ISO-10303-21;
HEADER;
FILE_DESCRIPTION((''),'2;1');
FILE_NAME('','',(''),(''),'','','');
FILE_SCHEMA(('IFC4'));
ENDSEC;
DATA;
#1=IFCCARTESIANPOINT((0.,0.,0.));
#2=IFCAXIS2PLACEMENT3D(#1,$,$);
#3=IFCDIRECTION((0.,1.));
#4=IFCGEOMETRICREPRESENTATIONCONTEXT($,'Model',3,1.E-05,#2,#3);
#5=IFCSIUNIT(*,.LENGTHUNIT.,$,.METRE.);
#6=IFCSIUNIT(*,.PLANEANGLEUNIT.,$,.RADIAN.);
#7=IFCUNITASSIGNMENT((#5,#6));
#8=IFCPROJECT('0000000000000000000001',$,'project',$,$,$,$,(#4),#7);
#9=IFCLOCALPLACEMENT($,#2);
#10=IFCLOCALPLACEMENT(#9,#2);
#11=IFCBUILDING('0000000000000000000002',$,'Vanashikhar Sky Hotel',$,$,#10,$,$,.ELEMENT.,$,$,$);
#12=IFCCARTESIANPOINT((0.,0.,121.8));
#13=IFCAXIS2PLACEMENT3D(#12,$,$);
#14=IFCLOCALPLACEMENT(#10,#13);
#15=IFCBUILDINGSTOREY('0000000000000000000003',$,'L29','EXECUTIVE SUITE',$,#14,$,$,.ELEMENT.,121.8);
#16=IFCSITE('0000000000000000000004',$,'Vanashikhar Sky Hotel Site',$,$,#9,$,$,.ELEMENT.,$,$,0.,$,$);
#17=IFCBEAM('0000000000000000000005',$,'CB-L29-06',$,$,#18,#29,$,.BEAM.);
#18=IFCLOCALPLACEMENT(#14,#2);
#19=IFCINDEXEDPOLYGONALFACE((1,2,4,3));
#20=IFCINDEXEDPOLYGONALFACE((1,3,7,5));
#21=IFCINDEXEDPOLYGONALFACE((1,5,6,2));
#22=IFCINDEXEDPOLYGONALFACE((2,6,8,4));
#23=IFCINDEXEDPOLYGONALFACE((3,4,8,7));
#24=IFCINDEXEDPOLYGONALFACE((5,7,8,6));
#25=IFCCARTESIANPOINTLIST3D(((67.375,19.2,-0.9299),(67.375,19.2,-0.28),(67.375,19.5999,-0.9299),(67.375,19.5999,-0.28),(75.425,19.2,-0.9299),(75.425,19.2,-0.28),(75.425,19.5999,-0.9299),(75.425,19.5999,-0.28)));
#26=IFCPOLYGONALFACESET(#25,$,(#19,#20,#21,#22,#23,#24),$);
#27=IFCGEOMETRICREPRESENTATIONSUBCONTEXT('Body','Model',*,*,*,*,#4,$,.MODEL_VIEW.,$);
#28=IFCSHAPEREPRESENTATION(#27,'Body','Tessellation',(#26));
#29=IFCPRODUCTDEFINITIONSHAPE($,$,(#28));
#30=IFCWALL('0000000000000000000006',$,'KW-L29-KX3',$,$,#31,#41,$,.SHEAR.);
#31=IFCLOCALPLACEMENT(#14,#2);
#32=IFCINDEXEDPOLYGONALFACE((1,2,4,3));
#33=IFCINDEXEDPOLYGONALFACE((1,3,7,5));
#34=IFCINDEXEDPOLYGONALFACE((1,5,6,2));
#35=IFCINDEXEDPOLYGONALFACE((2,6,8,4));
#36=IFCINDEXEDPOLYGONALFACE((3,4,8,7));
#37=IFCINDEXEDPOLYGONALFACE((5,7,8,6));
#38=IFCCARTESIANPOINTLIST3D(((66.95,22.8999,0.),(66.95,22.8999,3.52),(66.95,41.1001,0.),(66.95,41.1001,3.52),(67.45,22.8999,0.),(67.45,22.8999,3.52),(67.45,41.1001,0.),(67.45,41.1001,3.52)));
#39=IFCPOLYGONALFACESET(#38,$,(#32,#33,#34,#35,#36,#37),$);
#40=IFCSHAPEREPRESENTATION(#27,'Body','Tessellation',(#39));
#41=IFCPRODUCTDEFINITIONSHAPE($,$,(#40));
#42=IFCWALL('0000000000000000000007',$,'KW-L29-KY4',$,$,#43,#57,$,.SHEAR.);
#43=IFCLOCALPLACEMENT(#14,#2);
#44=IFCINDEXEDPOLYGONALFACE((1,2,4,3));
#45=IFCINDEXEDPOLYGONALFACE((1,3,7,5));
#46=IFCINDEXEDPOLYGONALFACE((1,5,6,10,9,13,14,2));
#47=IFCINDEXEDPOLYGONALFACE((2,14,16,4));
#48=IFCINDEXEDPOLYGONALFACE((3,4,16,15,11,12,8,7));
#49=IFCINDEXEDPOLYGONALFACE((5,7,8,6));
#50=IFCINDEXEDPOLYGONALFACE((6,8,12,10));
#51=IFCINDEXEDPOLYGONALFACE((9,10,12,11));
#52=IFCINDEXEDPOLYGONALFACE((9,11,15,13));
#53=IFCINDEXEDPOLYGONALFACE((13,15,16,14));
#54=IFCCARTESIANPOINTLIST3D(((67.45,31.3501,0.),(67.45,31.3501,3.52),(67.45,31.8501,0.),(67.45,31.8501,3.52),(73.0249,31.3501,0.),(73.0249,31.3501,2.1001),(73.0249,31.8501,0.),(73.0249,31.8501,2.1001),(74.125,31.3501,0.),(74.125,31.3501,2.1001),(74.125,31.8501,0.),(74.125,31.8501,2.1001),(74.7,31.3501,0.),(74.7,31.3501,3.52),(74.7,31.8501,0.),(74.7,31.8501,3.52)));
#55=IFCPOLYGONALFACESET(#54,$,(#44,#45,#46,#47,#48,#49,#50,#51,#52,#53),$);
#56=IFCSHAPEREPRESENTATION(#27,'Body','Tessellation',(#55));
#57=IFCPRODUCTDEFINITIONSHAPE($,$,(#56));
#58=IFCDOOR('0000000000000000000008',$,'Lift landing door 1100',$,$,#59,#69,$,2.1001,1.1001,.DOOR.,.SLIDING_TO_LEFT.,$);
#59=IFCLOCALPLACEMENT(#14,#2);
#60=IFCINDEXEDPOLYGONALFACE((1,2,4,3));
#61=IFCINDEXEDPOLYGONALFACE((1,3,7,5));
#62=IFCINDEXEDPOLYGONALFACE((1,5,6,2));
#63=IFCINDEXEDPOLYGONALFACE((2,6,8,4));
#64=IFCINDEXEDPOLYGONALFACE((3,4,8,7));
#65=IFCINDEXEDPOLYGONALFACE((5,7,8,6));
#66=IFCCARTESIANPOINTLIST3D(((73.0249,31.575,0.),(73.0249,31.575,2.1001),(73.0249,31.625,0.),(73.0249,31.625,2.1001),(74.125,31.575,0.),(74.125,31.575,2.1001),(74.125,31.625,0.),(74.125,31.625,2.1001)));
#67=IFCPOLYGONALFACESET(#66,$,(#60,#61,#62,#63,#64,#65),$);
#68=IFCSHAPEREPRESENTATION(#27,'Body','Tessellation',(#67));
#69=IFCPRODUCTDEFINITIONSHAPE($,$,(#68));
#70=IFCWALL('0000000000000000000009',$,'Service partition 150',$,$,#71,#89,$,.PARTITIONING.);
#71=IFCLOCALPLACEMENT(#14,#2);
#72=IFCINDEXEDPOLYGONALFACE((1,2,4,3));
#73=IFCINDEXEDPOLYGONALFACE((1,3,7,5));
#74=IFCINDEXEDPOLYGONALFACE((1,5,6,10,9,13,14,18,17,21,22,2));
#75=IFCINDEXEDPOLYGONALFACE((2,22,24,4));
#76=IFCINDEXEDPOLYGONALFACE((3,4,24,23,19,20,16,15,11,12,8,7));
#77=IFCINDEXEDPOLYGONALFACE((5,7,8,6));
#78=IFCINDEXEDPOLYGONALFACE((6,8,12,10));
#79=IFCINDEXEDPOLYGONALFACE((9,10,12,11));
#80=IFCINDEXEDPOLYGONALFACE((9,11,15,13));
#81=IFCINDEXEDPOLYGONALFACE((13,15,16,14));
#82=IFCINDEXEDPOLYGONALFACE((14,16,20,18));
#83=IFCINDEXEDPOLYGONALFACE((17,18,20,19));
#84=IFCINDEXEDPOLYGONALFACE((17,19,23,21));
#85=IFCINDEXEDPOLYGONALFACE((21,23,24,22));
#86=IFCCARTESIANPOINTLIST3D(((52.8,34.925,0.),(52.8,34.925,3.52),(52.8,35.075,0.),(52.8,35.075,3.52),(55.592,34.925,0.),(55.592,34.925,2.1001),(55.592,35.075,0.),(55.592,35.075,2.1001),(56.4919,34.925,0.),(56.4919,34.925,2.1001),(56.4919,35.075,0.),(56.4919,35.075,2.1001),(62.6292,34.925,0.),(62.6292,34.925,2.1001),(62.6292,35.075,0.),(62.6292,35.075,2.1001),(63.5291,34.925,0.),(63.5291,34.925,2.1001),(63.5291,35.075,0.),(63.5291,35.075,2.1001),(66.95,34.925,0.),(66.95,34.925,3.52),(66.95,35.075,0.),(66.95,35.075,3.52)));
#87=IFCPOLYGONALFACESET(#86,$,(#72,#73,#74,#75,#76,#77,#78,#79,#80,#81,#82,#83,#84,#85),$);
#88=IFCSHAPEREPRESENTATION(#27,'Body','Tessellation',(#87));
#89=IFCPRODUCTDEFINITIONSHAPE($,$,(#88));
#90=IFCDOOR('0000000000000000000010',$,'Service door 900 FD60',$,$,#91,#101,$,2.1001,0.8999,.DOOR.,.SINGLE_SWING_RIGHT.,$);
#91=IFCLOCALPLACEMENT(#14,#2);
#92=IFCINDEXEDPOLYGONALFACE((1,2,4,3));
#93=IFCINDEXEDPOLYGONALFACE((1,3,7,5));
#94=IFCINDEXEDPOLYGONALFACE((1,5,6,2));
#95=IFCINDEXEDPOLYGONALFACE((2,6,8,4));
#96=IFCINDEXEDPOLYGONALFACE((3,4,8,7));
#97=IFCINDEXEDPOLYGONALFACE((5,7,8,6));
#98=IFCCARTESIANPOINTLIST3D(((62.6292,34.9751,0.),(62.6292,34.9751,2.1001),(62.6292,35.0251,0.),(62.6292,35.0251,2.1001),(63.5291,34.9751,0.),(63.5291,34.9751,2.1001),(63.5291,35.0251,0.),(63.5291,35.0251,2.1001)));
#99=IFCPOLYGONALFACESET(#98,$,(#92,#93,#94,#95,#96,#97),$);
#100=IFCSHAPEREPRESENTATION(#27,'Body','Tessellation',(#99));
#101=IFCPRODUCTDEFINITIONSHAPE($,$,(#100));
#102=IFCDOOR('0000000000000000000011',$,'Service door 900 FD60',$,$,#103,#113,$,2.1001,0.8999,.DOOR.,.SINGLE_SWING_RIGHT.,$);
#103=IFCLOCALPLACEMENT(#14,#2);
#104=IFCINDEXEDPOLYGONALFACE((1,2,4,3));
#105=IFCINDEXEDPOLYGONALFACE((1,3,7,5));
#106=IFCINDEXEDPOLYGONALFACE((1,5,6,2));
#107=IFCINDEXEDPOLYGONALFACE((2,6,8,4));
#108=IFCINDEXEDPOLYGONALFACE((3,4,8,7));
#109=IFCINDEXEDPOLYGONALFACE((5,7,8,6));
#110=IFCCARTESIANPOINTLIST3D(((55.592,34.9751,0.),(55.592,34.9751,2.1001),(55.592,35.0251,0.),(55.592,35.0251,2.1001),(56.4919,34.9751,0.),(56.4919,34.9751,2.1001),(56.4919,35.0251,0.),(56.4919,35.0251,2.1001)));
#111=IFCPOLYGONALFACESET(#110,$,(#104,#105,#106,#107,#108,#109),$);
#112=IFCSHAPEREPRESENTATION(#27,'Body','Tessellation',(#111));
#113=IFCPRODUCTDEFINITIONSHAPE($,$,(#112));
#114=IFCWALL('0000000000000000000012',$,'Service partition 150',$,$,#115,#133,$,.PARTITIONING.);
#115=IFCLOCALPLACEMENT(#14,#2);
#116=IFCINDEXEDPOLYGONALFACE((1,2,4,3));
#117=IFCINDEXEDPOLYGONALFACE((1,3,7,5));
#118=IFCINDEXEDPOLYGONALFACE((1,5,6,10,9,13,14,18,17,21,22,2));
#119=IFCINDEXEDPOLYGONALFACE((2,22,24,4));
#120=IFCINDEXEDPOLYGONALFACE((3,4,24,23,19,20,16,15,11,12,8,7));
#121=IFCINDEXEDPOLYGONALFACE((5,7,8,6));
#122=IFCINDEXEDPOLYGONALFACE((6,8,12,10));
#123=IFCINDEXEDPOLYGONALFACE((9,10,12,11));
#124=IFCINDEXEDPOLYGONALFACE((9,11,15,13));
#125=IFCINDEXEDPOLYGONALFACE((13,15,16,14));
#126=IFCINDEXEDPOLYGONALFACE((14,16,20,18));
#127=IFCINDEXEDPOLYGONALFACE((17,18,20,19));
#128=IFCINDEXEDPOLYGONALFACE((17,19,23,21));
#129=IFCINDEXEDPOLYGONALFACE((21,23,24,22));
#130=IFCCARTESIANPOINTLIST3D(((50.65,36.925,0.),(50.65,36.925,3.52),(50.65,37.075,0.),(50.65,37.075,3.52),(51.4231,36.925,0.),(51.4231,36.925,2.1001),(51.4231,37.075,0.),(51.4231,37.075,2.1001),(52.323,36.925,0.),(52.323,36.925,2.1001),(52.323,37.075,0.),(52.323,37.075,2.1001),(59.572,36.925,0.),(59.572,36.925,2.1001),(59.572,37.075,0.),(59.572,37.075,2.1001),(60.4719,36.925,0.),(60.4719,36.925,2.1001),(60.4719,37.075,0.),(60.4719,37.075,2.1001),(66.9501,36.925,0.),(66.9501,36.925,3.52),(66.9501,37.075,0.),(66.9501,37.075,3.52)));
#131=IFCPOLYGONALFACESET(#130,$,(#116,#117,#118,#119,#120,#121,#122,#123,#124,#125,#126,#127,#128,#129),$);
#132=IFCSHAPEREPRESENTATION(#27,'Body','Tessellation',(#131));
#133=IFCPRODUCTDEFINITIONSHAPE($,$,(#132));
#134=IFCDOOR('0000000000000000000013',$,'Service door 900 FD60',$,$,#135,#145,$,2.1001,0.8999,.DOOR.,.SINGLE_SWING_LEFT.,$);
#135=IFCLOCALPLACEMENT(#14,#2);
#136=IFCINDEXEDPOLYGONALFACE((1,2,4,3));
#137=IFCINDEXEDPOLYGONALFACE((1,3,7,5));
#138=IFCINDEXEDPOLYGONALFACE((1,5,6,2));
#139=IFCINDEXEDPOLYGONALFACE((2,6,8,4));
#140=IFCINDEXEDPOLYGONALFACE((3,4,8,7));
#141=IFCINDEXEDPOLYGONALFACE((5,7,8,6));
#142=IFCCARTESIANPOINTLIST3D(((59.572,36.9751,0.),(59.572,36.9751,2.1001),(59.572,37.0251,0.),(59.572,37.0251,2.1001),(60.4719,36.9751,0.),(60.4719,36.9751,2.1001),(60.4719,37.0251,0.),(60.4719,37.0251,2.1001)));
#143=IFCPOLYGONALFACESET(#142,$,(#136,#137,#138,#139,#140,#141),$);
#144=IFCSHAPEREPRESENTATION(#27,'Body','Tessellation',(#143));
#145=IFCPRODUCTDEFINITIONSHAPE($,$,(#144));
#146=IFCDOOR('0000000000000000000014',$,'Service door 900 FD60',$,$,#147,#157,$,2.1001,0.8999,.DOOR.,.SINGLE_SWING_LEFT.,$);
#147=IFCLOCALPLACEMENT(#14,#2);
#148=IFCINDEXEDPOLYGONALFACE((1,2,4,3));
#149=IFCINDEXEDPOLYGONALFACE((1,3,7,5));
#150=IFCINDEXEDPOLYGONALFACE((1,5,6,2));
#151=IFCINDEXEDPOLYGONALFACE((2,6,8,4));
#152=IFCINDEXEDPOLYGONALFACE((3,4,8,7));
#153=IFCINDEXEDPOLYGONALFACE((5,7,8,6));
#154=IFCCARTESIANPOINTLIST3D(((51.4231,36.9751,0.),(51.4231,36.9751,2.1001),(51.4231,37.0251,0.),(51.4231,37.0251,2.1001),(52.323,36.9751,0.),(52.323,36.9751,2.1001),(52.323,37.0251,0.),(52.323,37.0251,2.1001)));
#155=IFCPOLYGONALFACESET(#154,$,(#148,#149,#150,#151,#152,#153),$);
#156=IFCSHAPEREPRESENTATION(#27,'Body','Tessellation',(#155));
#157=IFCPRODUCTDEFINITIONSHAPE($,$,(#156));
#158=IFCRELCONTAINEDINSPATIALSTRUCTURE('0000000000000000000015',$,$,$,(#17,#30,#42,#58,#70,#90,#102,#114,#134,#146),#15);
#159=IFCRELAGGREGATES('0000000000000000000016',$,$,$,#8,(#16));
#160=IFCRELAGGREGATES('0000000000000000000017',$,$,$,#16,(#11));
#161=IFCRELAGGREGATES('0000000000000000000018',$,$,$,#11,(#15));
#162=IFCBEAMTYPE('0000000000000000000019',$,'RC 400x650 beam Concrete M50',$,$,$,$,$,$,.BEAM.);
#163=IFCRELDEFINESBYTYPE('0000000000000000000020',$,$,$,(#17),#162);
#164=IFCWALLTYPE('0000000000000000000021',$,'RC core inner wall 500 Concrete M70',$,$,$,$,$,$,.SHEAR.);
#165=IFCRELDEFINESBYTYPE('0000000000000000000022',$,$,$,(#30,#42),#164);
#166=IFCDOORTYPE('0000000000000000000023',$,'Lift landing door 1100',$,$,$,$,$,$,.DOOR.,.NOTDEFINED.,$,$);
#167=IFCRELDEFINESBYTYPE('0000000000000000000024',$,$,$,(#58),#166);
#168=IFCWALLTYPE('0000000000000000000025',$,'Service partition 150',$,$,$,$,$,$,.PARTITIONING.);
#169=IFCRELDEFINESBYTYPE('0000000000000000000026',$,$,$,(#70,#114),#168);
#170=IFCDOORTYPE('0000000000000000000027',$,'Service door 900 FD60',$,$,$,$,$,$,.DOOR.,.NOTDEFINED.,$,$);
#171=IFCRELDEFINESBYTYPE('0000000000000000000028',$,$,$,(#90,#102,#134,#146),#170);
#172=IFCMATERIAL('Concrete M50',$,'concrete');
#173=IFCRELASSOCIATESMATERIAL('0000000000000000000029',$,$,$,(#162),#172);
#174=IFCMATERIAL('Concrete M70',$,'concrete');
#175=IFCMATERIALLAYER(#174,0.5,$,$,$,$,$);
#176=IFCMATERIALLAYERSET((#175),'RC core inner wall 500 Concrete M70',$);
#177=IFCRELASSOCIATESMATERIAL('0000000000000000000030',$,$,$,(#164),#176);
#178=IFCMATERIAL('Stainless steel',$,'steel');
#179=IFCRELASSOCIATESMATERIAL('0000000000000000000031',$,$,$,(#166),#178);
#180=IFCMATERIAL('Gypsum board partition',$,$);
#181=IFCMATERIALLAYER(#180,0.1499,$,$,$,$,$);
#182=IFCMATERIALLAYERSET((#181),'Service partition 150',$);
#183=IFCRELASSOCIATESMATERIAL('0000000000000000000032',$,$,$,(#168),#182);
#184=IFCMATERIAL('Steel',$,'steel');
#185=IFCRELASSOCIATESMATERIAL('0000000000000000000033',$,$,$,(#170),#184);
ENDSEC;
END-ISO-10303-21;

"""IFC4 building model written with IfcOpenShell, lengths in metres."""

from ifc_helpers import new_model, si_unit, direction, frame, frame_2d, origin, origin_2d, place, context, subcontext, project, spatial, rectangle, extrude, source, transform, mapped, material, layer, layer_set, material_profile, profile_set, type_object, element, fill, save


model = new_model("IFC4")

# Units and contexts
model_context = context("Model", 3, precision=1e-05, world=origin(), true_north=direction((0.0, 1.0)))
body_context = subcontext(model_context, "Body", "Model", "MODEL_VIEW")
ifc_project = project(units=[si_unit("LENGTHUNIT", "METRE"), si_unit("PLANEANGLEUNIT", "RADIAN")], contexts=[model_context])

# Site, building, storey
site_placement = place(None, origin())
site = spatial("IfcSite", under=ifc_project, at=site_placement, Name="Vanashikhar Sky Hotel Site", CompositionType="ELEMENT", RefElevation=0.0)
building_placement = place(site_placement, origin())
building = spatial("IfcBuilding", under=site, at=building_placement, Name="Vanashikhar Sky Hotel", CompositionType="ELEMENT")
storey_placement = place(building_placement, frame((0.0, 0.0, 121.8)))
storey = spatial("IfcBuildingStorey", under=building, at=storey_placement, Name="L29", Description="EXECUTIVE SUITE", CompositionType="ELEMENT", Elevation=121.8)

# Beam
ifc_material_1 = material(Name="Concrete M50", Category="concrete")
ifc_material_profile = material_profile(ifc_material_1, rectangle(XDim=0.3999, YDim=0.6499, at=origin_2d()))
ifc_profile_set = profile_set([ifc_material_profile], Name="RC 400x650 beam Concrete M50")
beam_type = type_object("IfcBeamType", Name="RC 400x650 beam Concrete M50", PredefinedType="BEAM", material=ifc_profile_set)
shared_shape_1 = source(origin(), body_context, "Body", "SweptSolid", [
    extrude(rectangle(XDim=0.3999, YDim=0.6499, at=origin_2d()), origin(), (0.0, 0.0, 1.0), 8.05),
])
beam_placement = place(storey_placement, frame((67.375, 19.3999, -0.605), z_axis=(1.0, 0.0, 0.0), x_axis=(0.0, 1.0, 0.0)))
element("IfcBeam", 1, at=beam_placement, inside=storey, type_object=beam_type, Name="CB-L29-06", PredefinedType="BEAM", context=body_context, shape_type="MappedRepresentation", body=[
    mapped(shared_shape_1, transform((0.0, 0.0, 0.0), scale=1.0)),
])

# Wall
ifc_material_2 = material(Name="Concrete M70", Category="concrete")
ifc_layer_1 = layer(ifc_material_2, 0.5)
ifc_layer_set_1 = layer_set([ifc_layer_1], Name="RC core inner wall 500 Concrete M70")
wall_type_1 = type_object("IfcWallType", Name="RC core inner wall 500 Concrete M70", PredefinedType="SHEAR", material=ifc_layer_set_1)
shared_shape_2 = source(origin(), body_context, "Body", "SweptSolid", [
    extrude(rectangle(XDim=18.2002, YDim=0.5, at=frame_2d((9.1001, 0.0))), origin(), (0.0, 0.0, 1.0), 3.52),
])
wall_1_placement = place(storey_placement, frame((67.2, 22.8999, 0.0), z_axis=(0.0, 0.0, 1.0), x_axis=(0.0, 1.0, 0.0)))
element("IfcWall", 2, at=wall_1_placement, inside=storey, type_object=wall_type_1, Name="KW-L29-KX3", PredefinedType="SHEAR", context=body_context, shape_type="MappedRepresentation", body=[
    mapped(shared_shape_2, transform((0.0, 0.0, 0.0), scale=1.0)),
])

# Wall, opening, door
shared_shape_3 = source(origin(), body_context, "Body", "SweptSolid", [
    extrude(rectangle(XDim=7.25, YDim=0.5, at=frame_2d((3.625, 0.0))), origin(), (0.0, 0.0, 1.0), 3.52),
])
wall_2_placement = place(storey_placement, frame((67.45, 31.6001, 0.0), z_axis=(0.0, 0.0, 1.0), x_axis=(1.0, 0.0, 0.0)))
wall_2 = element("IfcWall", 3, at=wall_2_placement, inside=storey, type_object=wall_type_1, Name="KW-L29-KY4", PredefinedType="SHEAR", context=body_context, shape_type="MappedRepresentation", body=[
    mapped(shared_shape_3, transform((0.0, 0.0, 0.0), scale=1.0)),
])
shared_shape_4 = source(origin(), body_context, "Body", "SweptSolid", [
    extrude(rectangle(XDim=1.1001, YDim=2.1001, at=frame_2d((0.55, 1.05))), frame((0.0, 0.26, 0.0), z_axis=(0.0, -1.0, 0.0), x_axis=(1.0, 0.0, 0.0)), (0.0, 0.0, 1.0), 0.52),
])
opening_1_placement = place(wall_2_placement, frame((5.575, 0.0, 0.0)))
opening_1 = element("IfcOpeningElement", 4, at=opening_1_placement, cuts=wall_2, PredefinedType="OPENING", context=body_context, shape_type="MappedRepresentation", body=[
    mapped(shared_shape_4, transform((0.0, 0.0, 0.0), scale=1.0)),
])
ifc_material_3 = material(Name="Stainless steel", Category="steel")
door_type_1 = type_object("IfcDoorType", Name="Lift landing door 1100", OperationType="NOTDEFINED", PredefinedType="DOOR", material=ifc_material_3)
shared_shape_5 = source(origin(), body_context, "Body", "SweptSolid", [
    extrude(rectangle(XDim=1.1001, YDim=2.1001, at=frame_2d((0.55, 1.05))), frame((0.0, 0.0249, 0.0), z_axis=(0.0, -1.0, 0.0), x_axis=(1.0, 0.0, 0.0)), (0.0, 0.0, 1.0), 0.05),
])
door_1_placement = place(opening_1_placement, origin())
door_1 = element("IfcDoor", 5, at=door_1_placement, inside=storey, type_object=door_type_1, Name="Lift landing door 1100", OperationType="SLIDING_TO_LEFT", OverallHeight=2.1001, OverallWidth=1.1001, PredefinedType="DOOR", context=body_context, shape_type="MappedRepresentation", body=[
    mapped(shared_shape_5, transform((0.0, 0.0, 0.0), scale=1.0)),
])
fill(opening_1, door_1)

# Walls, openings, doors
ifc_material_4 = material(Name="Gypsum board partition")
ifc_layer_2 = layer(ifc_material_4, 0.1499)
ifc_layer_set_2 = layer_set([ifc_layer_2], Name="Service partition 150")
wall_type_2 = type_object("IfcWallType", Name="Service partition 150", PredefinedType="PARTITIONING", material=ifc_layer_set_2)
shared_shape_6 = source(origin(), body_context, "Body", "SweptSolid", [
    extrude(rectangle(XDim=14.1499, YDim=0.1499, at=frame_2d((7.075, 0.0))), origin(), (0.0, 0.0, 1.0), 3.52),
])
wall_3_placement = place(storey_placement, frame((66.95, 35.0, 0.0), z_axis=(0.0, 0.0, 1.0), x_axis=(-1.0, 0.0, 0.0)))
wall_3 = element("IfcWall", 6, at=wall_3_placement, inside=storey, type_object=wall_type_2, Name="Service partition 150", PredefinedType="PARTITIONING", context=body_context, shape_type="MappedRepresentation", body=[
    mapped(shared_shape_6, transform((0.0, 0.0, 0.0), scale=1.0)),
])
shared_shape_7 = source(origin(), body_context, "Body", "SweptSolid", [
    extrude(rectangle(XDim=0.8999, YDim=2.1001, at=frame_2d((0.45, 1.05))), frame((0.0, 0.085, 0.0), z_axis=(0.0, -1.0, 0.0), x_axis=(1.0, 0.0, 0.0)), (0.0, 0.0, 1.0), 0.1699),
])
opening_2_placement = place(wall_3_placement, frame((3.4209, 0.0, 0.0)))
opening_2 = element("IfcOpeningElement", 7, at=opening_2_placement, cuts=wall_3, PredefinedType="OPENING", context=body_context, shape_type="MappedRepresentation", body=[
    mapped(shared_shape_7, transform((0.0, 0.0, 0.0), scale=1.0)),
])
opening_3_placement = place(wall_3_placement, frame((10.458, 0.0, 0.0)))
opening_3 = element("IfcOpeningElement", 8, at=opening_3_placement, cuts=wall_3, PredefinedType="OPENING", context=body_context, shape_type="MappedRepresentation", body=[
    mapped(shared_shape_7, transform((0.0, 0.0, 0.0), scale=1.0)),
])
ifc_material_5 = material(Name="Steel", Category="steel")
door_type_2 = type_object("IfcDoorType", Name="Service door 900 FD60", OperationType="NOTDEFINED", PredefinedType="DOOR", material=ifc_material_5)
shared_shape_8 = source(origin(), body_context, "Body", "SweptSolid", [
    extrude(rectangle(XDim=0.8999, YDim=2.1001, at=frame_2d((0.45, 1.05))), frame((0.0, 0.0249, 0.0), z_axis=(0.0, -1.0, 0.0), x_axis=(1.0, 0.0, 0.0)), (0.0, 0.0, 1.0), 0.05),
])
door_2_placement = place(opening_2_placement, origin())
door_2 = element("IfcDoor", 9, at=door_2_placement, inside=storey, type_object=door_type_2, Name="Service door 900 FD60", OperationType="SINGLE_SWING_RIGHT", OverallHeight=2.1001, OverallWidth=0.8999, PredefinedType="DOOR", context=body_context, shape_type="MappedRepresentation", body=[
    mapped(shared_shape_8, transform((0.0, 0.0, 0.0), scale=1.0)),
])
fill(opening_2, door_2)
door_3_placement = place(opening_3_placement, origin())
door_3 = element("IfcDoor", 10, at=door_3_placement, inside=storey, type_object=door_type_2, Name="Service door 900 FD60", OperationType="SINGLE_SWING_RIGHT", OverallHeight=2.1001, OverallWidth=0.8999, PredefinedType="DOOR", context=body_context, shape_type="MappedRepresentation", body=[
    mapped(shared_shape_8, transform((0.0, 0.0, 0.0), scale=1.0)),
])
fill(opening_3, door_3)
shared_shape_9 = source(origin(), body_context, "Body", "SweptSolid", [
    extrude(rectangle(XDim=16.3, YDim=0.1499, at=frame_2d((8.1499, 0.0))), origin(), (0.0, 0.0, 1.0), 3.52),
])
wall_4_placement = place(storey_placement, frame((66.95, 37.0, 0.0), z_axis=(0.0, 0.0, 1.0), x_axis=(-1.0, 0.0, 0.0)))
wall_4 = element("IfcWall", 11, at=wall_4_placement, inside=storey, type_object=wall_type_2, Name="Service partition 150", PredefinedType="PARTITIONING", context=body_context, shape_type="MappedRepresentation", body=[
    mapped(shared_shape_9, transform((0.0, 0.0, 0.0), scale=1.0)),
])
opening_4_placement = place(wall_4_placement, frame((6.478, 0.0, 0.0)))
opening_4 = element("IfcOpeningElement", 12, at=opening_4_placement, cuts=wall_4, PredefinedType="OPENING", context=body_context, shape_type="MappedRepresentation", body=[
    mapped(shared_shape_7, transform((0.0, 0.0, 0.0), scale=1.0)),
])
opening_5_placement = place(wall_4_placement, frame((14.627, 0.0, 0.0)))
opening_5 = element("IfcOpeningElement", 13, at=opening_5_placement, cuts=wall_4, PredefinedType="OPENING", context=body_context, shape_type="MappedRepresentation", body=[
    mapped(shared_shape_7, transform((0.0, 0.0, 0.0), scale=1.0)),
])
door_4_placement = place(opening_4_placement, origin())
door_4 = element("IfcDoor", 14, at=door_4_placement, inside=storey, type_object=door_type_2, Name="Service door 900 FD60", OperationType="SINGLE_SWING_LEFT", OverallHeight=2.1001, OverallWidth=0.8999, PredefinedType="DOOR", context=body_context, shape_type="MappedRepresentation", body=[
    mapped(shared_shape_8, transform((0.0, 0.0, 0.0), scale=1.0)),
])
fill(opening_4, door_4)
door_5_placement = place(opening_5_placement, origin())
door_5 = element("IfcDoor", 15, at=door_5_placement, inside=storey, type_object=door_type_2, Name="Service door 900 FD60", OperationType="SINGLE_SWING_LEFT", OverallHeight=2.1001, OverallWidth=0.8999, PredefinedType="DOOR", context=body_context, shape_type="MappedRepresentation", body=[
    mapped(shared_shape_8, transform((0.0, 0.0, 0.0), scale=1.0)),
])
fill(opening_5, door_5)

save(model, "model.ifc")
